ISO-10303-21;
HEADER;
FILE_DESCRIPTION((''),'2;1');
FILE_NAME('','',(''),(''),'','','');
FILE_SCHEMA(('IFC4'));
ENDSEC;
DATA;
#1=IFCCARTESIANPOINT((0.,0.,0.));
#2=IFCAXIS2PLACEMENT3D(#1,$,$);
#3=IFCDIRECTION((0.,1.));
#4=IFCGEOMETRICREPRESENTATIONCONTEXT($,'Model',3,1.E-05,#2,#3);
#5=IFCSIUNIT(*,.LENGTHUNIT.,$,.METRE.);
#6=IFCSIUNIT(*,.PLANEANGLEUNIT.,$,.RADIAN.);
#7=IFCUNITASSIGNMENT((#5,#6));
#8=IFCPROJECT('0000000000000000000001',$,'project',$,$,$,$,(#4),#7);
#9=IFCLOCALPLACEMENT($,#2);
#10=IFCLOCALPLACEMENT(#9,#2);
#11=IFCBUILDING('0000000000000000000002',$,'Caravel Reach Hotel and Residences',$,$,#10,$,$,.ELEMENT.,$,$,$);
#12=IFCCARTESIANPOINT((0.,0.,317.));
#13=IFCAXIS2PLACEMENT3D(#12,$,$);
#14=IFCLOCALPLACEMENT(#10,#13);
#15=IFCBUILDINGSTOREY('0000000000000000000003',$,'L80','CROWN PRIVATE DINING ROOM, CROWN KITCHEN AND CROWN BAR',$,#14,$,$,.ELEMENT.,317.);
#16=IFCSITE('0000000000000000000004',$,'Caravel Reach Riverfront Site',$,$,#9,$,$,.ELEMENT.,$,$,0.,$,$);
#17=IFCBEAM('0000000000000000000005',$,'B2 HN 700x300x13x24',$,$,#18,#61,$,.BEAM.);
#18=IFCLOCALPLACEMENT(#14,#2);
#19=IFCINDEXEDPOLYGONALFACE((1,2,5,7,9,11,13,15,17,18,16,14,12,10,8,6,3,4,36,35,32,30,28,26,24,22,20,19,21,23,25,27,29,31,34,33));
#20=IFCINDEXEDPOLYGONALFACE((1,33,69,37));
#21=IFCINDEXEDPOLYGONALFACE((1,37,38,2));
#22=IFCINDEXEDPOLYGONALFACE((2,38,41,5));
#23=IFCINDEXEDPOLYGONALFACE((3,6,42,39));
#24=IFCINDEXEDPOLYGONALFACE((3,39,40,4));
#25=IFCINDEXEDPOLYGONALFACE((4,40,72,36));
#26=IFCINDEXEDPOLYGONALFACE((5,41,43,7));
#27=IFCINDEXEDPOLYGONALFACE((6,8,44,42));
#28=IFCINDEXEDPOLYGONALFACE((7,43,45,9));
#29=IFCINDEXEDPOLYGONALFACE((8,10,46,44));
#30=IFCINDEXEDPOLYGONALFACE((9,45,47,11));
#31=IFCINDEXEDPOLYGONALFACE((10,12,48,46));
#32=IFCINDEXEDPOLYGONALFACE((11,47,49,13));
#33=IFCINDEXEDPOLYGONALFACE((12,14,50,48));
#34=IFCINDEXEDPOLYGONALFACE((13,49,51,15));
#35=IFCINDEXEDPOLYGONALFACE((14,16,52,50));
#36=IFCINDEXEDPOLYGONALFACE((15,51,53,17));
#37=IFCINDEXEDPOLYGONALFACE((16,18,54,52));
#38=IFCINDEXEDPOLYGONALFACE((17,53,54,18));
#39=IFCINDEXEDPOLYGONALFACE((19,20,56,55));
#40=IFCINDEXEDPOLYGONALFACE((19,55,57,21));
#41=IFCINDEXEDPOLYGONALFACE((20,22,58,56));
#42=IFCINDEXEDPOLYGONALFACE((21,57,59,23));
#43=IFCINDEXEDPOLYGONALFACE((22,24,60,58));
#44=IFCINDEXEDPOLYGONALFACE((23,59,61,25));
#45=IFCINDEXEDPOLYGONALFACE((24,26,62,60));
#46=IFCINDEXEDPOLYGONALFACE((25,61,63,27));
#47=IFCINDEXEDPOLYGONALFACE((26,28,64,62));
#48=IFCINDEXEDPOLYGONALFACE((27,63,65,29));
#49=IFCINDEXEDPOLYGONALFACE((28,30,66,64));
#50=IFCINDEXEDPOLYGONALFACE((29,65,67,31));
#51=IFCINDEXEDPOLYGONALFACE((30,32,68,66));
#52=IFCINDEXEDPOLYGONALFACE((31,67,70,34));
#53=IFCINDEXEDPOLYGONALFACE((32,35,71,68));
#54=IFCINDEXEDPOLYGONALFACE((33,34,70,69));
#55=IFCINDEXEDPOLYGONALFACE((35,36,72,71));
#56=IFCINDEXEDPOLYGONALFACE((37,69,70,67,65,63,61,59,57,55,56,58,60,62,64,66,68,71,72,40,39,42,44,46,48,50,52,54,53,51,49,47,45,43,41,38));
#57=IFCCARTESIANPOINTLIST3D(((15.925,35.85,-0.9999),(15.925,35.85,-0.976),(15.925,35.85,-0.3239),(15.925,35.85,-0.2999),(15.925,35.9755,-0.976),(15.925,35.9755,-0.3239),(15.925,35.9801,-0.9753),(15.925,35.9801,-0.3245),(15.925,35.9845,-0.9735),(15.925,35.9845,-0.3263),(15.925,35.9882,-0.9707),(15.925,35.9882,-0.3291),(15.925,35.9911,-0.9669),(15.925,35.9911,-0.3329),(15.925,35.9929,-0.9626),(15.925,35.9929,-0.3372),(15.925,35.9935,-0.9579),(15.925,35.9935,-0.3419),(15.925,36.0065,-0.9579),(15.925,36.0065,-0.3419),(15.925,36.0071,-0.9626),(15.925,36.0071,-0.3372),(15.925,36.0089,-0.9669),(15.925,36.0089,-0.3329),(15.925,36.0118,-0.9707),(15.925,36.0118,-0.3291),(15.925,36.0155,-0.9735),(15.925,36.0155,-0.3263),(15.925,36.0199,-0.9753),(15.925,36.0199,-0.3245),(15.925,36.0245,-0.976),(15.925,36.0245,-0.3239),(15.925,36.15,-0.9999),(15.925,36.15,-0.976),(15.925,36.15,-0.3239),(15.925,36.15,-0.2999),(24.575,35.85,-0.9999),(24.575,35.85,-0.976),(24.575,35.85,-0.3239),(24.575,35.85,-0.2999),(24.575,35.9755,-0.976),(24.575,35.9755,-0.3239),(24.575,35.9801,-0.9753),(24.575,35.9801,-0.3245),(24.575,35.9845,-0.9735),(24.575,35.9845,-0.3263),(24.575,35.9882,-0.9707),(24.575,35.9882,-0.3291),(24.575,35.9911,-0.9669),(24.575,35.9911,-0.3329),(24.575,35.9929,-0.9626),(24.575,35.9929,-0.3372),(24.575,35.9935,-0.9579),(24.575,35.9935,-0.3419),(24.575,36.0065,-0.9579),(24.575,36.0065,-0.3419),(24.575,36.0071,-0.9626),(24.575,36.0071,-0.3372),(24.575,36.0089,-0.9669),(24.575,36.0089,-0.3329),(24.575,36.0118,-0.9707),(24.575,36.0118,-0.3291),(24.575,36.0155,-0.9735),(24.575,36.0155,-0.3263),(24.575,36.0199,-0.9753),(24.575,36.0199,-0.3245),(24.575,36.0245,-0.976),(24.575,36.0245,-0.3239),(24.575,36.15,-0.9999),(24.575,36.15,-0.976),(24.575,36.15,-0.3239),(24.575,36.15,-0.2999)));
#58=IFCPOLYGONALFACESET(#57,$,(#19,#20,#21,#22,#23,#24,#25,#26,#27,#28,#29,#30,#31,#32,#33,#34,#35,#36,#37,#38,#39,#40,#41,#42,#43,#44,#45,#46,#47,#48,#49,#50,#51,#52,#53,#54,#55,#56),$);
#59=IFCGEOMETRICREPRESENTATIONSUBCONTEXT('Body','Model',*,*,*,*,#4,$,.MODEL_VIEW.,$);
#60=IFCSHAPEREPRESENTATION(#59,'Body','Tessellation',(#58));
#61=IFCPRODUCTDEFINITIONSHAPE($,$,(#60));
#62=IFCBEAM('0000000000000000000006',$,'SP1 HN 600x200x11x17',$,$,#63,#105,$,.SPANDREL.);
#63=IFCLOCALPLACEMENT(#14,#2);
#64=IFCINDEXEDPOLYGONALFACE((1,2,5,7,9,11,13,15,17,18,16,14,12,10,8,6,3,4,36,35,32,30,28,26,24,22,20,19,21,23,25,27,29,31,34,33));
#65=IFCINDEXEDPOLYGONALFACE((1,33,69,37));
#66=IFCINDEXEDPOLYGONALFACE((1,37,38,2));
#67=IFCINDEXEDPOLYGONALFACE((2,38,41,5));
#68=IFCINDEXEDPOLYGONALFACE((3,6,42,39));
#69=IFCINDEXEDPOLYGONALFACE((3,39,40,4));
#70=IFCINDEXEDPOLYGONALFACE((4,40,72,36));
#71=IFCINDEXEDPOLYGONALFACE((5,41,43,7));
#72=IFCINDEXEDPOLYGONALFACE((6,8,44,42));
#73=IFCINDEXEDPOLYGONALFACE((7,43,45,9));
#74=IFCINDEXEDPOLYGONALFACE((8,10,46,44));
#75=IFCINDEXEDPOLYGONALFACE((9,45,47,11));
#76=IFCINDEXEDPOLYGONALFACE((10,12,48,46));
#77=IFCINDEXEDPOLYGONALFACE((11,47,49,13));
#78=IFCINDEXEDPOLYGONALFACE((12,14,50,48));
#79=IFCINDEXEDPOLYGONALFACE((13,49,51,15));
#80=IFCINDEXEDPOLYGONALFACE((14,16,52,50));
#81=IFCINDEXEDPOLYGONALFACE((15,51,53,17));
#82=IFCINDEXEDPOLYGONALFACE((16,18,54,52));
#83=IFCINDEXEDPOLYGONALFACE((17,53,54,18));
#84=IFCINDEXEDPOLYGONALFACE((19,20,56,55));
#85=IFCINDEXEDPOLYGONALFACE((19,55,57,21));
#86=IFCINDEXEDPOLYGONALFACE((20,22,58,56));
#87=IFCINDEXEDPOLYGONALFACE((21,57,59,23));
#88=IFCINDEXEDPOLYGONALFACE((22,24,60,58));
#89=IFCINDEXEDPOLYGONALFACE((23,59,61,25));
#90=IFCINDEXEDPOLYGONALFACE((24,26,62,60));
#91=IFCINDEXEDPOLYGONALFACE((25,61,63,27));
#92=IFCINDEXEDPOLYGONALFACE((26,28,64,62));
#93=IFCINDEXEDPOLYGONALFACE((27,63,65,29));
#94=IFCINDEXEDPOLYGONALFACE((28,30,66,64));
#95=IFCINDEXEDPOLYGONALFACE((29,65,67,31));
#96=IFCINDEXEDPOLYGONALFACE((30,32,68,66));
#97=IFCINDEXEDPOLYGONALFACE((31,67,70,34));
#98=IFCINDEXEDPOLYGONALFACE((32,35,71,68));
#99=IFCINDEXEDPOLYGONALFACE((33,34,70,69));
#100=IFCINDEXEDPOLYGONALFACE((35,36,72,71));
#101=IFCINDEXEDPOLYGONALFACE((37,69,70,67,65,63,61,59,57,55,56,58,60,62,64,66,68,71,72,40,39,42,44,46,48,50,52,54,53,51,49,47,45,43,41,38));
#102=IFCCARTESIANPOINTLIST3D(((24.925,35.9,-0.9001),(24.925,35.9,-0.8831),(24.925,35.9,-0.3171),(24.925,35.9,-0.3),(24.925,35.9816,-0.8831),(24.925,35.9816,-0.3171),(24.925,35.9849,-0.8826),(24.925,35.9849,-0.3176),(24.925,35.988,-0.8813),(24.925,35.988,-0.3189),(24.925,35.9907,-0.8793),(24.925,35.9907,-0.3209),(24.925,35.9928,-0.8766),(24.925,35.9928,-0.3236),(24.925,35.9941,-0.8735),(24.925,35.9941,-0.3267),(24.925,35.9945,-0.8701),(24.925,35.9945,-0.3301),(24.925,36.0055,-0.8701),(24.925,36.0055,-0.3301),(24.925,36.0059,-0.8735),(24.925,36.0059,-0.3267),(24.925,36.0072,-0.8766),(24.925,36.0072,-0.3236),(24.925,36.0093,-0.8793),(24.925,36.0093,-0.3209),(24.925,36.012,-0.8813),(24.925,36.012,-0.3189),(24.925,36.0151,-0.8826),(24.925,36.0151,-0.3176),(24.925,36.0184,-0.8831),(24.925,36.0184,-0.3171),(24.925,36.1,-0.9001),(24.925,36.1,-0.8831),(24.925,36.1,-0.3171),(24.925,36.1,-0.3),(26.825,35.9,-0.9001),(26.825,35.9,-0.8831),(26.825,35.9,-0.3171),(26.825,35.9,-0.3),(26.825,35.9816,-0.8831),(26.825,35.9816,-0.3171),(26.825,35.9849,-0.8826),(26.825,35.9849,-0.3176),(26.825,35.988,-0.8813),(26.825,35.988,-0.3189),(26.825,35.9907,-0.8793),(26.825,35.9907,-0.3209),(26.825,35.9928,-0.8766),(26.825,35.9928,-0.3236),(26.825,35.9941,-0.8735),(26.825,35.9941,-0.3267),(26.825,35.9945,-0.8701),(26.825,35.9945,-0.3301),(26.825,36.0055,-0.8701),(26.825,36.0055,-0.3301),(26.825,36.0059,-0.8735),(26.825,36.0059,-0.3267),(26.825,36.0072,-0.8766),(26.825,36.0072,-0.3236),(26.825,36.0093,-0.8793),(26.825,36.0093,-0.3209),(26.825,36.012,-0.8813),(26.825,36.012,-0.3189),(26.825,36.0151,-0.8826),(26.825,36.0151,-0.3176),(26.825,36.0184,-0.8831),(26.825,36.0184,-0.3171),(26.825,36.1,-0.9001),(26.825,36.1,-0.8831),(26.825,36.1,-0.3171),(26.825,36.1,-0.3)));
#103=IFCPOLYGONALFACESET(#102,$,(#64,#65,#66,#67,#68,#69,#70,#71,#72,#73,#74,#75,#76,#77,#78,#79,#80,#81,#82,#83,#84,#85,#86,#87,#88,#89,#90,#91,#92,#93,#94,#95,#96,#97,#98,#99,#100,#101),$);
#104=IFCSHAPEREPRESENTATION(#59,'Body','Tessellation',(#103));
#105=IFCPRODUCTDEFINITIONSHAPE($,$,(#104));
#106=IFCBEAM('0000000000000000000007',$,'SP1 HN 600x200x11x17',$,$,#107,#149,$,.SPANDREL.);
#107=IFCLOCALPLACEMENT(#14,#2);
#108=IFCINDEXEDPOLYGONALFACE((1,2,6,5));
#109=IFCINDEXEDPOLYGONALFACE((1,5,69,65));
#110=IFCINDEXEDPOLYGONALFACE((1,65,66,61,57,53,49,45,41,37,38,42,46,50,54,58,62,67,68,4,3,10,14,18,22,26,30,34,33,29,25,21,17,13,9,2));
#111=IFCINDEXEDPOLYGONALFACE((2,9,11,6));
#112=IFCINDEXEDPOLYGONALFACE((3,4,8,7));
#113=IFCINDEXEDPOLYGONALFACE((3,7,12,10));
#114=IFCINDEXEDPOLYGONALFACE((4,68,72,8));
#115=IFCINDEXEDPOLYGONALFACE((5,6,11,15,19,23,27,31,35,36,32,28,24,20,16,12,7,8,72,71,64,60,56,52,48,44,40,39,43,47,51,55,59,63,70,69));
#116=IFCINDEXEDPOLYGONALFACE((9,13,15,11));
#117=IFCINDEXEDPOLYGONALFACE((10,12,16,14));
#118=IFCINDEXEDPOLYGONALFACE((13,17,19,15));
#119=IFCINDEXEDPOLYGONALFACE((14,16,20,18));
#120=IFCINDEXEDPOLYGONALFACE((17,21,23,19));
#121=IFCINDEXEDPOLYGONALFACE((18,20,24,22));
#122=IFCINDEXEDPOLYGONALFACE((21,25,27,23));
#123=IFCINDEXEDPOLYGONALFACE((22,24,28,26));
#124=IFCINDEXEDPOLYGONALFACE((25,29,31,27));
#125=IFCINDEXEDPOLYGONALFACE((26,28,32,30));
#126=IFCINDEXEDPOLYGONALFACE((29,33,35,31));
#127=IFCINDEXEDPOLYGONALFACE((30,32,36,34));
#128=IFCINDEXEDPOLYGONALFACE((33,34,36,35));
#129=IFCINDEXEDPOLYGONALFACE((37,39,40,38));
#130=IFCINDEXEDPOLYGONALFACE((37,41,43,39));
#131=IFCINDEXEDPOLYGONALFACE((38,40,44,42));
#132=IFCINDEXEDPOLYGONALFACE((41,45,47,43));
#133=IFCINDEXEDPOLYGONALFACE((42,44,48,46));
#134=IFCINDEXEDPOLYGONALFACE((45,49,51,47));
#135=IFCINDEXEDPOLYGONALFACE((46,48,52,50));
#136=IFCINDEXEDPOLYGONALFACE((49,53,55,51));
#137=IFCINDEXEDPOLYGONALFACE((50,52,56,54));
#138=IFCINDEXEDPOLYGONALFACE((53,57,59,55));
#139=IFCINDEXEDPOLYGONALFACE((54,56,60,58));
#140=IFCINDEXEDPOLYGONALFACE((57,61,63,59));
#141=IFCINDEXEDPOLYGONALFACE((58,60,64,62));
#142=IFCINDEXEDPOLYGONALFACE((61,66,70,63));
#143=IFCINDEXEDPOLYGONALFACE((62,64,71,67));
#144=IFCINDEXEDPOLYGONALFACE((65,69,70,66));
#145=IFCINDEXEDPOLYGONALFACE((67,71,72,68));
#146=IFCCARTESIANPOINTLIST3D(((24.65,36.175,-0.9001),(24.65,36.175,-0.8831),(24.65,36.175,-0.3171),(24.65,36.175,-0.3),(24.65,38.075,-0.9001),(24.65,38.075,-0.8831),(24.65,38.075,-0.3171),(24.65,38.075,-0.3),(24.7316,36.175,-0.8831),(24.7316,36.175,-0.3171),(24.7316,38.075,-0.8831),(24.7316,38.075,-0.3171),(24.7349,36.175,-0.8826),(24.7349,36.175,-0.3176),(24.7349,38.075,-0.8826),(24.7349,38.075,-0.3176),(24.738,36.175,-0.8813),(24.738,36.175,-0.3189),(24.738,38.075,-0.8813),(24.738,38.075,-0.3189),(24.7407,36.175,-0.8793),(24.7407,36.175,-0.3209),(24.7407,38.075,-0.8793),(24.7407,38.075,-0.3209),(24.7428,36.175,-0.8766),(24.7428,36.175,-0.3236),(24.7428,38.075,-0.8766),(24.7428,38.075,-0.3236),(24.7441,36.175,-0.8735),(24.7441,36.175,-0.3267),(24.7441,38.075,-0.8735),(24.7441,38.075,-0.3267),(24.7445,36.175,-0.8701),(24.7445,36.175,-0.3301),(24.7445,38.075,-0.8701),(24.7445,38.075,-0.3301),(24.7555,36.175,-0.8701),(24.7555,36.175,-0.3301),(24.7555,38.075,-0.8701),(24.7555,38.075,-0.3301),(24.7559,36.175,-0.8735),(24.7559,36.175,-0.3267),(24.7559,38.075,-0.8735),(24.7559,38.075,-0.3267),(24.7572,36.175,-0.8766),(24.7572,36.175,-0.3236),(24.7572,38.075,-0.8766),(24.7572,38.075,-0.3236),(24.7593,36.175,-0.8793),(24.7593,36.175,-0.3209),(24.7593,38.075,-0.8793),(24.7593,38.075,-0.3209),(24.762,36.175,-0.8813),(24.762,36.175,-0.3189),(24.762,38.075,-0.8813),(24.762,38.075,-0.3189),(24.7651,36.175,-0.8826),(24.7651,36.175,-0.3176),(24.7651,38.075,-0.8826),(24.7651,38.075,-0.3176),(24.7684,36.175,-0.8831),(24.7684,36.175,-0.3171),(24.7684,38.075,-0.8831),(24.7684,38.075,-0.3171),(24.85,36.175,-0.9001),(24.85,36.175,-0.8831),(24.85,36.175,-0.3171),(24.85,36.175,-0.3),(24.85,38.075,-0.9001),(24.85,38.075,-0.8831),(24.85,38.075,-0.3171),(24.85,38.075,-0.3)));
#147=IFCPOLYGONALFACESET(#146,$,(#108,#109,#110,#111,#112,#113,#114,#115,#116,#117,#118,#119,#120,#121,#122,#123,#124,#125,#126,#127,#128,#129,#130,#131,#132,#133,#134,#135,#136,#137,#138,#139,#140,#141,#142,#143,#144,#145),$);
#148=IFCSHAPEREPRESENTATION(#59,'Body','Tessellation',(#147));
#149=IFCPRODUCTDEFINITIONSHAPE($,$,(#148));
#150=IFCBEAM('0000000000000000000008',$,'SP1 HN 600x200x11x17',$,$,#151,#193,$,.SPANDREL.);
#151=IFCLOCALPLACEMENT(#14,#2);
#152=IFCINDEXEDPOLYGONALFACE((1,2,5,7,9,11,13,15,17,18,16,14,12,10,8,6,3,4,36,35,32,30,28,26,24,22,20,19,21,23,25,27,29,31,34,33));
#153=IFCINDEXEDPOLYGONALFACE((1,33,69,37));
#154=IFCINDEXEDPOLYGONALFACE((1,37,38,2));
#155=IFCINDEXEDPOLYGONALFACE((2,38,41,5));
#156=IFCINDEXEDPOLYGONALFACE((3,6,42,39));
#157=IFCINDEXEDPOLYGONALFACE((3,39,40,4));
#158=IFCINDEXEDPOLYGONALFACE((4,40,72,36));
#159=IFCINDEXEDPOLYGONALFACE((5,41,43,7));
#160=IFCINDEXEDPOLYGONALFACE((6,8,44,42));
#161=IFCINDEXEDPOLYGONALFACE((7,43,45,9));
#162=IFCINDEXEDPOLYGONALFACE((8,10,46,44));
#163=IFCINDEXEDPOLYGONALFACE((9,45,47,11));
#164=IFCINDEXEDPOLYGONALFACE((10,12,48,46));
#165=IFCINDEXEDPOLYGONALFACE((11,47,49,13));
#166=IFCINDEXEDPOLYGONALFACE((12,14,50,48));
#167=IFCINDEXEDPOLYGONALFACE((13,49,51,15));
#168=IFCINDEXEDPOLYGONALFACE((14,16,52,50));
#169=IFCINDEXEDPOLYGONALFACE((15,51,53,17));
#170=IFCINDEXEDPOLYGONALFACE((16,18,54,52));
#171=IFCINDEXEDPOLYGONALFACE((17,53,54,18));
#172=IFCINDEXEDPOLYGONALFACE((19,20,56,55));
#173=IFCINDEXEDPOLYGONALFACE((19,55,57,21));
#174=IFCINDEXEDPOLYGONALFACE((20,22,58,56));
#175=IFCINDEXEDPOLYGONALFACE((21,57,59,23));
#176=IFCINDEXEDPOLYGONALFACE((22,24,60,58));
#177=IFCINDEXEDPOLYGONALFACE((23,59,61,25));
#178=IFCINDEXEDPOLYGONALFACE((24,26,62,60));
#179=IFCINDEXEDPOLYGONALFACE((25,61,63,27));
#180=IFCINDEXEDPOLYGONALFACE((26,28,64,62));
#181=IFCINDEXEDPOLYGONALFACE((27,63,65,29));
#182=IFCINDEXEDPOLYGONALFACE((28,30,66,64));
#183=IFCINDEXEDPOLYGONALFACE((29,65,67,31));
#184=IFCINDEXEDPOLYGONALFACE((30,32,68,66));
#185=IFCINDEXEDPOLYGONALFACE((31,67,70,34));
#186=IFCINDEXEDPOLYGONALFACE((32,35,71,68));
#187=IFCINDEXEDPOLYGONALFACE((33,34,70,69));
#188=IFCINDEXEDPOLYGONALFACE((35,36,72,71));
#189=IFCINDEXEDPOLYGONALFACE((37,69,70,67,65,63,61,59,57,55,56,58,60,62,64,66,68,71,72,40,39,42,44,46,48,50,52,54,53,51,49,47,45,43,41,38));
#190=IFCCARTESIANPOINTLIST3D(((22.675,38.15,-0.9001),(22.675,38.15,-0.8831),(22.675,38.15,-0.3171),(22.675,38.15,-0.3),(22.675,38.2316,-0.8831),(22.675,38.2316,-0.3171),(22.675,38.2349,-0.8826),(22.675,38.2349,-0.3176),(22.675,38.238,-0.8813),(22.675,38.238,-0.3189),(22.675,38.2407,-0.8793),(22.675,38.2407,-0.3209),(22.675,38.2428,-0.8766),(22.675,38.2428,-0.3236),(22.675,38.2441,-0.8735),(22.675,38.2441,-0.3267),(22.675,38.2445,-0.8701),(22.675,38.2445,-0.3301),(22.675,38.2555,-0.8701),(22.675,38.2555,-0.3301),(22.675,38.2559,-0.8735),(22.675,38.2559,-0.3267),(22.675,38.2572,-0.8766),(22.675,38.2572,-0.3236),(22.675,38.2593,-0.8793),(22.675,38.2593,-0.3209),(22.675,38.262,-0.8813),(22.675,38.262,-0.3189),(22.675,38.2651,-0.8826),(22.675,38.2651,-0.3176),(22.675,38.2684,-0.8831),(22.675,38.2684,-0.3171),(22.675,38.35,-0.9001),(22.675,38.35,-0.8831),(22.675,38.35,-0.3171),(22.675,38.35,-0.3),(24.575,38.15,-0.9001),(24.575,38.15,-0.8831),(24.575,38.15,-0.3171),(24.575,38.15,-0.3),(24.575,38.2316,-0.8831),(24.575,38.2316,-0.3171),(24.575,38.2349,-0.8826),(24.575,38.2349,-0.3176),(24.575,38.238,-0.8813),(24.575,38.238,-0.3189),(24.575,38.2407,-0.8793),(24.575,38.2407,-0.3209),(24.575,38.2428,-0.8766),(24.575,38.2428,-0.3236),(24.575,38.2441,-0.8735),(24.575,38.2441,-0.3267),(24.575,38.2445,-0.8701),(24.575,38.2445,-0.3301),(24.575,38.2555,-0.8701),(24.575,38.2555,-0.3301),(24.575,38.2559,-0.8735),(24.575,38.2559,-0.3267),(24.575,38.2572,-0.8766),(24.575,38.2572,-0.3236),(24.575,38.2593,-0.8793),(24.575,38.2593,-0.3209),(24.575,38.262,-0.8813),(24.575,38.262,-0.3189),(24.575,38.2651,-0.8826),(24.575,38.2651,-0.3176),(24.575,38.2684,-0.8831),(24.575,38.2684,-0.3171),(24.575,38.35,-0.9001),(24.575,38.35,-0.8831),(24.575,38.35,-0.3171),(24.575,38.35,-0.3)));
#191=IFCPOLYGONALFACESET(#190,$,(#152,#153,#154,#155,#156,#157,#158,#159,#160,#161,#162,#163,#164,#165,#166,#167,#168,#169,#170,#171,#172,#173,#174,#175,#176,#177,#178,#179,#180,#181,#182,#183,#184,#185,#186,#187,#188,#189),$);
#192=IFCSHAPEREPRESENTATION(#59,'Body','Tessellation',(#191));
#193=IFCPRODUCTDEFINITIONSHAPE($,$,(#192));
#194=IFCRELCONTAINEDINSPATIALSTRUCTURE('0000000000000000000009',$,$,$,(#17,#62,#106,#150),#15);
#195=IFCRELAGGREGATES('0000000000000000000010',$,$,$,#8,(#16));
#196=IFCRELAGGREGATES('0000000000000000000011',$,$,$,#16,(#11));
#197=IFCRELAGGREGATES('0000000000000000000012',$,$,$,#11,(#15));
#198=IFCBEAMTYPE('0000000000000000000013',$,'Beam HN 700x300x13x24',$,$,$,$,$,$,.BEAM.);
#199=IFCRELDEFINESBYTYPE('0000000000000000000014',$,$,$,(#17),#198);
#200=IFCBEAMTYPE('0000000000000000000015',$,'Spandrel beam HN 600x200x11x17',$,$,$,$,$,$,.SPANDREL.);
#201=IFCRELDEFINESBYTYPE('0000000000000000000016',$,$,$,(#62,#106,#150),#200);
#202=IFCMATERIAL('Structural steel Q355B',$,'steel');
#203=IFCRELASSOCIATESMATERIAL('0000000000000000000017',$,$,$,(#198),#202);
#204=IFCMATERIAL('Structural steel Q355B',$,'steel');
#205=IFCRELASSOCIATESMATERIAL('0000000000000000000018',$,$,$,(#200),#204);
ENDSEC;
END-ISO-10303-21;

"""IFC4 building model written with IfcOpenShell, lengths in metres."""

from ifc_helpers import new_model, si_unit, direction, frame, origin, origin_2d, place, context, subcontext, project, spatial, i_section, extrude, material, material_profile, profile_set, type_object, element, save


model = new_model("IFC4")

# Units and contexts
model_context = context("Model", 3, precision=1e-05, world=origin(), true_north=direction((0.0, 1.0)))
body_context = subcontext(model_context, "Body", "Model", "MODEL_VIEW")
ifc_project = project(units=[si_unit("LENGTHUNIT", "METRE"), si_unit("PLANEANGLEUNIT", "RADIAN")], contexts=[model_context])

# Site, building, storey
site_placement = place(None, origin())
site = spatial("IfcSite", under=ifc_project, at=site_placement, Name="Caravel Reach Riverfront Site", CompositionType="ELEMENT", RefElevation=0.0)
building_placement = place(site_placement, origin())
building = spatial("IfcBuilding", under=site, at=building_placement, Name="Caravel Reach Hotel and Residences", CompositionType="ELEMENT")
storey_placement = place(building_placement, frame((0.0, 0.0, 317.0)))
storey = spatial("IfcBuildingStorey", under=building, at=storey_placement, Name="L80", Description="CROWN PRIVATE DINING ROOM, CROWN KITCHEN AND CROWN BAR", CompositionType="ELEMENT", Elevation=317.0)

# Beams
ifc_material_1 = material(Name="Structural steel Q355B", Category="steel")
ifc_material_profile_1 = material_profile(ifc_material_1, i_section(OverallWidth=0.3, OverallDepth=0.7, WebThickness=0.0129, FlangeThickness=0.0239, FilletRadius=0.0181, at=origin_2d()), Name="HN 700x300x13x24")
ifc_profile_set_1 = profile_set([ifc_material_profile_1], Name="Structural steel Q355B")
beam_type_1 = type_object("IfcBeamType", Name="Beam HN 700x300x13x24", PredefinedType="BEAM", material=ifc_profile_set_1)
beam_1_placement = place(storey_placement, frame((15.925, 36.0, -0.6499), z_axis=(1.0, 0.0, 0.0), x_axis=(0.0, 1.0, 0.0)))
element("IfcBeam", 1, at=beam_1_placement, inside=storey, type_object=beam_type_1, Name="B2 HN 700x300x13x24", PredefinedType="BEAM", context=body_context, shape_type="SweptSolid", body=[
    extrude(i_section(OverallWidth=0.3, OverallDepth=0.7, WebThickness=0.0129, FlangeThickness=0.0239, FilletRadius=0.0181, at=origin_2d()), origin(), (0.0, 0.0, 1.0), 8.6499),
])
ifc_material_2 = material(Name="Structural steel Q355B", Category="steel")
ifc_material_profile_2 = material_profile(ifc_material_2, i_section(OverallWidth=0.2, OverallDepth=0.6001, WebThickness=0.011, FlangeThickness=0.0171, FilletRadius=0.0129, at=origin_2d()), Name="HN 600x200x11x17")
ifc_profile_set_2 = profile_set([ifc_material_profile_2], Name="Structural steel Q355B")
beam_type_2 = type_object("IfcBeamType", Name="Spandrel beam HN 600x200x11x17", PredefinedType="SPANDREL", material=ifc_profile_set_2)
for number, where, z_axis, x_axis, name in (
    (2, (26.825, 36.0, -0.6001), (-1.0, 0.0, 0.0), (0.0, -1.0, 0.0), "SP1 HN 600x200x11x17"),
    (3, (24.75, 36.175, -0.6001), (0.0, 1.0, 0.0), (-1.0, 0.0, 0.0), "SP1 HN 600x200x11x17"),
    (4, (24.575, 38.25, -0.6001), (-1.0, 0.0, 0.0), (0.0, -1.0, 0.0), "SP1 HN 600x200x11x17"),
):
    element("IfcBeam", number, at=place(storey_placement, frame(where, z_axis=z_axis, x_axis=x_axis)), inside=storey, type_object=beam_type_2, Name=name, PredefinedType="SPANDREL", context=body_context, shape_type="SweptSolid", body=[
        extrude(i_section(OverallWidth=0.2, OverallDepth=0.6001, WebThickness=0.011, FlangeThickness=0.0171, FilletRadius=0.0129, at=origin_2d()), origin(), (0.0, 0.0, 1.0), 1.8999),
    ])

save(model, "model.ifc")
